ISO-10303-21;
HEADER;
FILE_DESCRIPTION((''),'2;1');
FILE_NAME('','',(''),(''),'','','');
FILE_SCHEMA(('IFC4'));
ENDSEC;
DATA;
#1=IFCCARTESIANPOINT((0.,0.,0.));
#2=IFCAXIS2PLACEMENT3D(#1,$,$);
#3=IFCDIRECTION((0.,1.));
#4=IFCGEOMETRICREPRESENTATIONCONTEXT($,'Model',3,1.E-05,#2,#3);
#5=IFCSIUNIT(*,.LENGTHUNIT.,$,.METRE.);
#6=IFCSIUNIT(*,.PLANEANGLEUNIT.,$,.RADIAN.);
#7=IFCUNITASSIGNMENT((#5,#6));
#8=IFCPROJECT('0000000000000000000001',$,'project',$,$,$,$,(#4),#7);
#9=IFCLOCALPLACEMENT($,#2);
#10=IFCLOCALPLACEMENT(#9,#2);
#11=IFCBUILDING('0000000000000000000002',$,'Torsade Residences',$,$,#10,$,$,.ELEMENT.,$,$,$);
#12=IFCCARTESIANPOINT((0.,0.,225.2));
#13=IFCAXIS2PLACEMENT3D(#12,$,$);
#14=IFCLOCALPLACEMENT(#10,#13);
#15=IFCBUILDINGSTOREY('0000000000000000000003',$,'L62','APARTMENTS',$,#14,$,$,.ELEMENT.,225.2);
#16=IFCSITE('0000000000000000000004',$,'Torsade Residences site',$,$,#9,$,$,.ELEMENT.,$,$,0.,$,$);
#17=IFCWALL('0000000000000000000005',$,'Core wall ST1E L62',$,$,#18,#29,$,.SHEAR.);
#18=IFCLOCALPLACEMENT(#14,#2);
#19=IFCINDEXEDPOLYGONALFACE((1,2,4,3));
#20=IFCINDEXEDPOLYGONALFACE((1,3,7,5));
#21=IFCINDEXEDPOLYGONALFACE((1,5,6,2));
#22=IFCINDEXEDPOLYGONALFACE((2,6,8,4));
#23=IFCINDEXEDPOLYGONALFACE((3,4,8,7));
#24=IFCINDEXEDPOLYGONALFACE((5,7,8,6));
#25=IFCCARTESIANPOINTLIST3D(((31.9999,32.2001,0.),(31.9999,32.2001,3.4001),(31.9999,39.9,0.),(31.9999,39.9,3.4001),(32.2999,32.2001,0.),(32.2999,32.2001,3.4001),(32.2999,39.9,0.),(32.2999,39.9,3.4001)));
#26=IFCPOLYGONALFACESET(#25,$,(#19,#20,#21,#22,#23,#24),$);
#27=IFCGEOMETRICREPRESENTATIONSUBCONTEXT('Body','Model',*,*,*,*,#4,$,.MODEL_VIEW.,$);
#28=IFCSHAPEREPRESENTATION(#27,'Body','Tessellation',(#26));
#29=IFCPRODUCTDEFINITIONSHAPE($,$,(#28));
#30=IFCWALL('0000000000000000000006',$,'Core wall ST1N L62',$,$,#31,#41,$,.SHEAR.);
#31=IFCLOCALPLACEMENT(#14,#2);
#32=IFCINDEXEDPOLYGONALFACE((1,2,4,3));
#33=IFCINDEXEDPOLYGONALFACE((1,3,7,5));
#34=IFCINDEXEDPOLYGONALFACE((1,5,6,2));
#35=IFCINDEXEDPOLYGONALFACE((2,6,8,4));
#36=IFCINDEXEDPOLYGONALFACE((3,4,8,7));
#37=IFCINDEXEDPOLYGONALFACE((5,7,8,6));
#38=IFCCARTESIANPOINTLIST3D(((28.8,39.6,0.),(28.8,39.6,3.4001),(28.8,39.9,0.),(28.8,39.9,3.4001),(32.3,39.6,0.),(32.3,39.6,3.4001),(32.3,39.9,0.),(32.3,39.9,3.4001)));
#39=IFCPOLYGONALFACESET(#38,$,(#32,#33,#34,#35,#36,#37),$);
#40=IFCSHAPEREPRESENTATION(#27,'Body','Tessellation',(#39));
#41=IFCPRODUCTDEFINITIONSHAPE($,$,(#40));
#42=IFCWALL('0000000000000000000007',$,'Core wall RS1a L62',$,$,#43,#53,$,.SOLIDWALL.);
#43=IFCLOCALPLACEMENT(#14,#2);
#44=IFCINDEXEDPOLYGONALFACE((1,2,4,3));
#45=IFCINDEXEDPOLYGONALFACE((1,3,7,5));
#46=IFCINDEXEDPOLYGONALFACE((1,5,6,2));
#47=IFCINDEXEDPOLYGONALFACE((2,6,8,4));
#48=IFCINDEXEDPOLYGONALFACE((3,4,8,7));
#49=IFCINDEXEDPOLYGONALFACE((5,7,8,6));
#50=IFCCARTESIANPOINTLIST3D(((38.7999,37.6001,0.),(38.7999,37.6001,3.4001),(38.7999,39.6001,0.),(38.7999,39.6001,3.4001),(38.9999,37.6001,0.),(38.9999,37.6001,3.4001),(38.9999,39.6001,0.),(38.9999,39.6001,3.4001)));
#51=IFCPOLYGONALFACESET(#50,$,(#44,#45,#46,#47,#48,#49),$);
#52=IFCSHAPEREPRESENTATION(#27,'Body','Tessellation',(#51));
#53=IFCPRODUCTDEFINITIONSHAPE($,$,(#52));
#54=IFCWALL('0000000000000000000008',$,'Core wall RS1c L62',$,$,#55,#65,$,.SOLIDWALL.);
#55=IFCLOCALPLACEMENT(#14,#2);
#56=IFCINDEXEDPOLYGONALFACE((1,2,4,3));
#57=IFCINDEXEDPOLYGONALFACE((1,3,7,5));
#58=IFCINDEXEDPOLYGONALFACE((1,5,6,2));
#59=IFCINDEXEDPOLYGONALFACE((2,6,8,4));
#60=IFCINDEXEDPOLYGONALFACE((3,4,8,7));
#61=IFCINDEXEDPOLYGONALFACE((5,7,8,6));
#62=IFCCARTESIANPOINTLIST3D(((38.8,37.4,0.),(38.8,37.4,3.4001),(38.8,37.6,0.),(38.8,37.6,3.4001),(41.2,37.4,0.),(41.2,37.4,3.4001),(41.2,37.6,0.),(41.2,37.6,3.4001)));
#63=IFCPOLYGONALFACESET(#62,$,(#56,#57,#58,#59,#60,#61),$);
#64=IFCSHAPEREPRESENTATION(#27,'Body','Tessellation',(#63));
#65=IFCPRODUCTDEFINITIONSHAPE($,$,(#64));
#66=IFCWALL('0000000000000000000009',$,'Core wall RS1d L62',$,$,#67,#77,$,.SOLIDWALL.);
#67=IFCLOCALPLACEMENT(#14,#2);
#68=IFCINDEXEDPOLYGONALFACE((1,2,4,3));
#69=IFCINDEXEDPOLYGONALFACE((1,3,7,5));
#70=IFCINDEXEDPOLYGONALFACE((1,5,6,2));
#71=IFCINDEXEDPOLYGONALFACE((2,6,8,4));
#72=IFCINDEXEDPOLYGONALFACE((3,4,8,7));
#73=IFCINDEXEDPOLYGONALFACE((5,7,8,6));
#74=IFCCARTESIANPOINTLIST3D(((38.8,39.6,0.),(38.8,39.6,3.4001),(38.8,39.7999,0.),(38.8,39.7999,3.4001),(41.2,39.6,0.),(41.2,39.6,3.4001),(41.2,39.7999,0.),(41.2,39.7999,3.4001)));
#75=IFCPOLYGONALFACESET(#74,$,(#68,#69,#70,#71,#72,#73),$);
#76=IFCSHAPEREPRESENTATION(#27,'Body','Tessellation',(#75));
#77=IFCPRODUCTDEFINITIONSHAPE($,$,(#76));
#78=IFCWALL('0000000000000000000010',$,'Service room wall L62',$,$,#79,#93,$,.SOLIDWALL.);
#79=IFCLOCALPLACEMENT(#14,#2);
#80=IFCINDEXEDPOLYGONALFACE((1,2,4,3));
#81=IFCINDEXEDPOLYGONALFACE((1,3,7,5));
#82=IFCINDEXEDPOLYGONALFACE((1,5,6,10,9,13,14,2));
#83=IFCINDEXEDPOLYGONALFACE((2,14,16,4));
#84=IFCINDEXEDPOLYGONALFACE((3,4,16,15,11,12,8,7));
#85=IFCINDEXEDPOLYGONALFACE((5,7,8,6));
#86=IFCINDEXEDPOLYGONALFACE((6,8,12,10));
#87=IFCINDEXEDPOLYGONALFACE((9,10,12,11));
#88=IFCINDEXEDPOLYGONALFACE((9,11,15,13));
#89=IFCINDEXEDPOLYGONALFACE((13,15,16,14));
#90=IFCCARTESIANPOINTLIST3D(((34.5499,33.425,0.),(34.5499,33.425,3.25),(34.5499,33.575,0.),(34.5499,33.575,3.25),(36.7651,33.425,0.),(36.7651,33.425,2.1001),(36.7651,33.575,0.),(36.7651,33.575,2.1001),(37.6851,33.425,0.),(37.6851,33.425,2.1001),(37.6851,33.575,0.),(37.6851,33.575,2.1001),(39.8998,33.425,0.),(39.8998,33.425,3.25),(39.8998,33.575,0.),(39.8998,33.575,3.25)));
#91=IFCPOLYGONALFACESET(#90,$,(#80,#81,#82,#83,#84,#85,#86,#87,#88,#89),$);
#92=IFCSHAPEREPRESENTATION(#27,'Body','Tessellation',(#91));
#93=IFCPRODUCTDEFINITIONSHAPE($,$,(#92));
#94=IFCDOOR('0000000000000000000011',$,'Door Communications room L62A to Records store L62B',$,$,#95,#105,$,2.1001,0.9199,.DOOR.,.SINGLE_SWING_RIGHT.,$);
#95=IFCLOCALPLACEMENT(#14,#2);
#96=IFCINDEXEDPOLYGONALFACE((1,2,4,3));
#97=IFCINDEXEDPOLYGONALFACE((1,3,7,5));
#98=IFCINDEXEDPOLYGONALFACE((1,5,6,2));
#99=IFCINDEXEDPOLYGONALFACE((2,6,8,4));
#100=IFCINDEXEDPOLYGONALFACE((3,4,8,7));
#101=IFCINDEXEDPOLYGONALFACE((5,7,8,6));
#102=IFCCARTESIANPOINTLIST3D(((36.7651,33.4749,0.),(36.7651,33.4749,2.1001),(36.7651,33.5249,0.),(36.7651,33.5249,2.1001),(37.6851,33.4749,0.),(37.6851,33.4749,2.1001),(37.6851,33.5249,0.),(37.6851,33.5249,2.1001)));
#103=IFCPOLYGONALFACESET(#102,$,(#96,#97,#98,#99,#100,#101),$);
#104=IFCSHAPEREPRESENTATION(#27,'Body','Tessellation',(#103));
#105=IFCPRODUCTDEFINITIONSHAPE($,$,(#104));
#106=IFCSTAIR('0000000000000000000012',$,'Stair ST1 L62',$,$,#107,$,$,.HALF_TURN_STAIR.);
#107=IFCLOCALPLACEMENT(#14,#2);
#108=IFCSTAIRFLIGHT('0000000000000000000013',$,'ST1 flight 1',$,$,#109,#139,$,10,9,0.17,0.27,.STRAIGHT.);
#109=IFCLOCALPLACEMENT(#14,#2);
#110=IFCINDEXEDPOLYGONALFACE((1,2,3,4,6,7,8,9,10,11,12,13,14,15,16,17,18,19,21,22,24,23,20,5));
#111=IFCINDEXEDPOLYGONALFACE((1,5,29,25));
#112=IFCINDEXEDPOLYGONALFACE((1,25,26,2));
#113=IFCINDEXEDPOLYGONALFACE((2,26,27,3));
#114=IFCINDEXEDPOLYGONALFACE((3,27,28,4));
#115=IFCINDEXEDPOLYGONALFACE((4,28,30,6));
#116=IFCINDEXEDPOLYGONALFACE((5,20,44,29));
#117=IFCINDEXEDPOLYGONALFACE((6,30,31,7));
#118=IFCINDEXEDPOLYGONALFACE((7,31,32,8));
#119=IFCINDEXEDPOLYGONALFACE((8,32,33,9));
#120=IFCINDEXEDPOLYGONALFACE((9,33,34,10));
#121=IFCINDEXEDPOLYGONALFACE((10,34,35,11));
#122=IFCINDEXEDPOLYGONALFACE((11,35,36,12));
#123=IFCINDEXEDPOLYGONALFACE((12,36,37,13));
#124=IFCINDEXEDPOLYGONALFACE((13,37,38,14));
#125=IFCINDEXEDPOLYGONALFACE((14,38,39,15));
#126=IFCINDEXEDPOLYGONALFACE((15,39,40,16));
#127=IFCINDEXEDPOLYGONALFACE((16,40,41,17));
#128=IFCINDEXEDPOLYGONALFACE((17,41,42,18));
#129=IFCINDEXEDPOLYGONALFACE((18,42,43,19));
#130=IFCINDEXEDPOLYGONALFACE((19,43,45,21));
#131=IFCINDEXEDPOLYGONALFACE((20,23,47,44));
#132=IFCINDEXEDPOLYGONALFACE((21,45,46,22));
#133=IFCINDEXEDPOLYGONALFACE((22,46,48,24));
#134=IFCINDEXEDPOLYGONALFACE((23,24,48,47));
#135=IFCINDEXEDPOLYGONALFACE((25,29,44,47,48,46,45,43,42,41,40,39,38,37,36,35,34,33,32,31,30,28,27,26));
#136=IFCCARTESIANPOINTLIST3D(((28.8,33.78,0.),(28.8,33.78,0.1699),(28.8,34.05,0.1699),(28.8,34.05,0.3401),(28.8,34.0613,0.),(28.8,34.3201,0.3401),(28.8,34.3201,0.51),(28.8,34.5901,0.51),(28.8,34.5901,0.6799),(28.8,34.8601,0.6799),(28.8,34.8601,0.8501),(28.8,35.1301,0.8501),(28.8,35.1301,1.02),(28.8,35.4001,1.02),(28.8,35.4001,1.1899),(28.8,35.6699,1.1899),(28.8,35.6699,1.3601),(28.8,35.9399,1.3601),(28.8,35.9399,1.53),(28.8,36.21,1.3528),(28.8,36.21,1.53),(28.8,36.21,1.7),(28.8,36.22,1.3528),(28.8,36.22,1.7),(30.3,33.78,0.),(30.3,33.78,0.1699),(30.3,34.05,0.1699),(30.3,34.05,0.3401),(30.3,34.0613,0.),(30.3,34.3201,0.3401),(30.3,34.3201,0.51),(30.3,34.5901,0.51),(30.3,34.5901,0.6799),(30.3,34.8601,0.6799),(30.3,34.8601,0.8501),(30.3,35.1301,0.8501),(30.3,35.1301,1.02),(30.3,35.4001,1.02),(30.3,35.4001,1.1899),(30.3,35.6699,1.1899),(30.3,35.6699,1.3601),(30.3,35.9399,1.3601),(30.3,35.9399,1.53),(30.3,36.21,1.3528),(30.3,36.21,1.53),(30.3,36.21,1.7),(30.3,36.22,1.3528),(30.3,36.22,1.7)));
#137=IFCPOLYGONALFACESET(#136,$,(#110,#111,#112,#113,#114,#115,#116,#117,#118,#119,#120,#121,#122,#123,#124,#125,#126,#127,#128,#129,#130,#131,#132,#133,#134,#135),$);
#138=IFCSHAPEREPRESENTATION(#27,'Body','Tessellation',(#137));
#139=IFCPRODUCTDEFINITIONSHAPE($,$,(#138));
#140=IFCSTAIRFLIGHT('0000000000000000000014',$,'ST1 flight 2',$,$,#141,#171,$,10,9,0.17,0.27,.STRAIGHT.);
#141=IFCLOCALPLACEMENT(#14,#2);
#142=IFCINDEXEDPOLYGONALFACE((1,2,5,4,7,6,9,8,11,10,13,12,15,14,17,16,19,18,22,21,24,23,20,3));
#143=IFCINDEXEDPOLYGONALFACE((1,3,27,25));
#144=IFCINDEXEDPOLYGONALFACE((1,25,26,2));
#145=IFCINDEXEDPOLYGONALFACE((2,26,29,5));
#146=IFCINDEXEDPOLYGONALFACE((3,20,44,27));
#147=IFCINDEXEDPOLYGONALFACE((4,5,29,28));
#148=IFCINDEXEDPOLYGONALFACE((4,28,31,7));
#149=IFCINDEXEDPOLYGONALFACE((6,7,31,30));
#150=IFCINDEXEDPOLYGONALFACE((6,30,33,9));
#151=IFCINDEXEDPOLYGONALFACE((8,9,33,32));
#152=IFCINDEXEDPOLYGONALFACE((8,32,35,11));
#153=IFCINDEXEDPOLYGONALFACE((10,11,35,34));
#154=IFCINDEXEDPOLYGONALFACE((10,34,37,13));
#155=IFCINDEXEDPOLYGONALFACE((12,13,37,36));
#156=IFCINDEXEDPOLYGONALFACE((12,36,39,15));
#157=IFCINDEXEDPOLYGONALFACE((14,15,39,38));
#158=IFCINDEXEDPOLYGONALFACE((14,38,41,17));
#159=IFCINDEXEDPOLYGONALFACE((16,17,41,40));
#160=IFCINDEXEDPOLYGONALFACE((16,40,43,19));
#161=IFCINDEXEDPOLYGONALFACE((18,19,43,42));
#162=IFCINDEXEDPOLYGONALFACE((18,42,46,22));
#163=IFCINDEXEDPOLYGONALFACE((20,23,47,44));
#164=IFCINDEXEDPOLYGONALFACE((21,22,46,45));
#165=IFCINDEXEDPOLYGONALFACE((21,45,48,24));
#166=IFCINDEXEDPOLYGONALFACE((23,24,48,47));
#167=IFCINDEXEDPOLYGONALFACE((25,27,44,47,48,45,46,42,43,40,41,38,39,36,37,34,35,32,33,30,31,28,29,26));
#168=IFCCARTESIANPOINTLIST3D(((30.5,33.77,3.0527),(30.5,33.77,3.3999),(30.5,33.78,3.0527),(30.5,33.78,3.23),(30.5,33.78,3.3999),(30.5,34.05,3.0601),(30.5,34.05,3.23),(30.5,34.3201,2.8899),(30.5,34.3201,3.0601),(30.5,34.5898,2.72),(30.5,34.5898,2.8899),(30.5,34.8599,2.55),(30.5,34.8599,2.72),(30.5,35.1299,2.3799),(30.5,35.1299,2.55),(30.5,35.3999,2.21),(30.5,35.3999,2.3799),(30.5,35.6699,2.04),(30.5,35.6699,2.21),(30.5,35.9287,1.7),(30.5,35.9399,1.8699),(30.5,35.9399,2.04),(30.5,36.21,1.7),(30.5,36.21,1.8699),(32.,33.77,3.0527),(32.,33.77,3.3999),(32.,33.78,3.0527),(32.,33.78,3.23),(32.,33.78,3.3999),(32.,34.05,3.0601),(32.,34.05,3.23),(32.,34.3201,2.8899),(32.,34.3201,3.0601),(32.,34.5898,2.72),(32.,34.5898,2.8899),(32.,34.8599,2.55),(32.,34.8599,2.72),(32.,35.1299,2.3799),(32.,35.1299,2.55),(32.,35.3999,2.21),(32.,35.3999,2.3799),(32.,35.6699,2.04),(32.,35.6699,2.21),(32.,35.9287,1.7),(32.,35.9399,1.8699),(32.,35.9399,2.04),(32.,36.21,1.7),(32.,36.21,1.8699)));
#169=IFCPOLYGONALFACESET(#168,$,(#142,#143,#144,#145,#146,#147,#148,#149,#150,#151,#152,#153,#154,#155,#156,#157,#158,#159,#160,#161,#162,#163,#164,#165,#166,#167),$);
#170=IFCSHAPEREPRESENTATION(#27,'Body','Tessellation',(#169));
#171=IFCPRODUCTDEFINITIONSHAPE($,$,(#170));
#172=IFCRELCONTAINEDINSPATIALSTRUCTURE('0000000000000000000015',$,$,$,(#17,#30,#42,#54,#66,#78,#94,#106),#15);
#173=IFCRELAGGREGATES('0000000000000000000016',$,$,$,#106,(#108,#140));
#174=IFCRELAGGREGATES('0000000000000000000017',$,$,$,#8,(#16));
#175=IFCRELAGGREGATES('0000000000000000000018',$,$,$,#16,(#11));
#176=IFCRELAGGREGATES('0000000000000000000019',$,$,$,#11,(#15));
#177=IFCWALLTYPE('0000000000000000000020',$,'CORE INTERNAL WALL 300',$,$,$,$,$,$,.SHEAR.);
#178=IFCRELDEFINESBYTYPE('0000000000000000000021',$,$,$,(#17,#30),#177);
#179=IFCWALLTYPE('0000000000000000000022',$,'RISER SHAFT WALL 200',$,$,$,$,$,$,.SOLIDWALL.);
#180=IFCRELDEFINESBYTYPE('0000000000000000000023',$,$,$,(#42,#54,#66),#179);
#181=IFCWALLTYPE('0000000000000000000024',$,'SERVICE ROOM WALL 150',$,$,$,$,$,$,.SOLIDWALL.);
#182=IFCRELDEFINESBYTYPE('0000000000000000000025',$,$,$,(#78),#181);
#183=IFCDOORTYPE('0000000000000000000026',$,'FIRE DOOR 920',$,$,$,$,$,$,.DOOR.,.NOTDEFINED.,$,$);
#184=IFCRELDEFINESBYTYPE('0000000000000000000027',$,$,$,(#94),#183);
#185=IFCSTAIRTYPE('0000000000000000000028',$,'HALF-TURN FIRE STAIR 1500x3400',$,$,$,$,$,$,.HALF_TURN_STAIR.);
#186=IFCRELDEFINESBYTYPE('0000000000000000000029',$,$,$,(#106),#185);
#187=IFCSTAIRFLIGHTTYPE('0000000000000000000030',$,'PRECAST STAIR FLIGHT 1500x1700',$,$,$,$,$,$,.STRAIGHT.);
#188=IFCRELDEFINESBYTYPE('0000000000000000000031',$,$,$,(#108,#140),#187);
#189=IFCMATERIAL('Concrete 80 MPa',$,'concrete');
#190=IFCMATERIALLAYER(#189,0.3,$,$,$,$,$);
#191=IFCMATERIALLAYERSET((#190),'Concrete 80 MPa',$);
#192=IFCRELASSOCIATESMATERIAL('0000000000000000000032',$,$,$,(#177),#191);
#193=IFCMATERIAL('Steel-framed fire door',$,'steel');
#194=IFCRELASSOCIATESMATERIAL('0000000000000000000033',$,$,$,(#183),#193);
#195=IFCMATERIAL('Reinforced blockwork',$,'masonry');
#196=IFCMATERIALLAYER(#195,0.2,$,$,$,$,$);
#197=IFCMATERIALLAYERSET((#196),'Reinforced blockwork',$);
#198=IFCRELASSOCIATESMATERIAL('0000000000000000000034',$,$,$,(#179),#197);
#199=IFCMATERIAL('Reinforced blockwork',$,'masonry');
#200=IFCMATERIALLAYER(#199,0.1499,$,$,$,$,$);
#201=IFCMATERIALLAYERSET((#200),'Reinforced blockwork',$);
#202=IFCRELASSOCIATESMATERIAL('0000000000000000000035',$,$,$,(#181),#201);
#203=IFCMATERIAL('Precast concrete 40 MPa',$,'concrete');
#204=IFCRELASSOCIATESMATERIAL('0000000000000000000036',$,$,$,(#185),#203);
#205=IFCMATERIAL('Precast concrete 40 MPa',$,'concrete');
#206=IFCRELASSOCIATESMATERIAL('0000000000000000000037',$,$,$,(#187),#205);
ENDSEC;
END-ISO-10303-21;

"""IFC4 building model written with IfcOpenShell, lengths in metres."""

from ifc_helpers import new_model, si_unit, direction, frame, frame_2d, origin, place, context, subcontext, project, spatial, polyline, rectangle, outline, extrude, material, layer, layer_set, type_object, element, fill, aggregate, save


model = new_model("IFC4")

# Units and contexts
model_context = context("Model", 3, precision=1e-05, world=origin(), true_north=direction((0.0, 1.0)))
body_context = subcontext(model_context, "Body", "Model", "MODEL_VIEW")
ifc_project = project(units=[si_unit("LENGTHUNIT", "METRE"), si_unit("PLANEANGLEUNIT", "RADIAN")], contexts=[model_context])

# Site, building, storey
site_placement = place(None, origin())
site = spatial("IfcSite", under=ifc_project, at=site_placement, Name="Torsade Residences site", CompositionType="ELEMENT", RefElevation=0.0)
building_placement = place(site_placement, origin())
building = spatial("IfcBuilding", under=site, at=building_placement, Name="Torsade Residences", CompositionType="ELEMENT")
storey_placement = place(building_placement, frame((0.0, 0.0, 225.2)))
storey = spatial("IfcBuildingStorey", under=building, at=storey_placement, Name="L62", Description="APARTMENTS", CompositionType="ELEMENT", Elevation=225.2)

# Shared definitions
ifc_material_1 = material(Name="Concrete 80 MPa", Category="concrete")
ifc_layer_1 = layer(ifc_material_1, 0.3)
ifc_layer_set_1 = layer_set([ifc_layer_1], Name="Concrete 80 MPa")
wall_type_1 = type_object("IfcWallType", Name="CORE INTERNAL WALL 300", PredefinedType="SHEAR", material=ifc_layer_set_1)
ifc_material_2 = material(Name="Steel-framed fire door", Category="steel")
door_type_1 = type_object("IfcDoorType", Name="FIRE DOOR 920", OperationType="NOTDEFINED", PredefinedType="DOOR", material=ifc_material_2)

# Walls
wall_1_placement = place(storey_placement, frame((32.1499, 32.2, 0.0), z_axis=(0.0, 0.0, 1.0), x_axis=(0.0, 1.0, 0.0)))
element("IfcWall", 1, at=wall_1_placement, inside=storey, type_object=wall_type_1, Name="Core wall ST1E L62", PredefinedType="SHEAR", context=body_context, shape_type="SweptSolid", body=[
    extrude(rectangle(XDim=7.7, YDim=0.3, at=frame_2d((3.8501, 0.0))), origin(), (0.0, 0.0, 1.0), 3.4001),
])
wall_2_placement = place(storey_placement, frame((28.8, 39.75, 0.0), z_axis=(0.0, 0.0, 1.0), x_axis=(1.0, 0.0, 0.0)))
element("IfcWall", 2, at=wall_2_placement, inside=storey, type_object=wall_type_1, Name="Core wall ST1N L62", PredefinedType="SHEAR", context=body_context, shape_type="SweptSolid", body=[
    extrude(rectangle(XDim=3.5, YDim=0.3, at=frame_2d((1.75, 0.0))), origin(), (0.0, 0.0, 1.0), 3.4001),
])
ifc_material_3 = material(Name="Reinforced blockwork", Category="masonry")
ifc_layer_2 = layer(ifc_material_3, 0.2)
ifc_layer_set_2 = layer_set([ifc_layer_2], Name="Reinforced blockwork")
wall_type_2 = type_object("IfcWallType", Name="RISER SHAFT WALL 200", PredefinedType="SOLIDWALL", material=ifc_layer_set_2)
wall_3_placement = place(storey_placement, frame((38.8999, 37.6001, 0.0), z_axis=(0.0, 0.0, 1.0), x_axis=(0.0, 1.0, 0.0)))
element("IfcWall", 3, at=wall_3_placement, inside=storey, type_object=wall_type_2, Name="Core wall RS1a L62", PredefinedType="SOLIDWALL", context=body_context, shape_type="SweptSolid", body=[
    extrude(rectangle(XDim=2.0, YDim=0.2, at=frame_2d((1.0, 0.0))), origin(), (0.0, 0.0, 1.0), 3.4001),
])
for number, where, z_axis, x_axis, name in (
    (4, (38.8, 37.5, 0.0), (0.0, 0.0, 1.0), (1.0, 0.0, 0.0), "Core wall RS1c L62"),
    (5, (38.8, 39.7, 0.0), (0.0, 0.0, 1.0), (1.0, 0.0, 0.0), "Core wall RS1d L62"),
):
    element("IfcWall", number, at=place(storey_placement, frame(where, z_axis=z_axis, x_axis=x_axis)), inside=storey, type_object=wall_type_2, Name=name, PredefinedType="SOLIDWALL", context=body_context, shape_type="SweptSolid", body=[
        extrude(rectangle(XDim=2.3999, YDim=0.2, at=frame_2d((1.2, 0.0))), origin(), (0.0, 0.0, 1.0), 3.4001),
    ])

# Wall, opening, door
ifc_material_4 = material(Name="Reinforced blockwork", Category="masonry")
ifc_layer_3 = layer(ifc_material_4, 0.1499)
ifc_layer_set_3 = layer_set([ifc_layer_3], Name="Reinforced blockwork")
wall_type_3 = type_object("IfcWallType", Name="SERVICE ROOM WALL 150", PredefinedType="SOLIDWALL", material=ifc_layer_set_3)
wall_4_placement = place(storey_placement, frame((34.55, 33.5, 0.0), z_axis=(0.0, 0.0, 1.0), x_axis=(1.0, 0.0, 0.0)))
wall_4 = element("IfcWall", 6, at=wall_4_placement, inside=storey, type_object=wall_type_3, Name="Service room wall L62", PredefinedType="SOLIDWALL", context=body_context, shape_type="SweptSolid", body=[
    extrude(rectangle(XDim=5.3499, YDim=0.1499, at=frame_2d((2.6748, 0.0))), origin(), (0.0, 0.0, 1.0), 3.25),
])
opening_1_placement = place(wall_4_placement, frame((2.2151, 0.0, 0.0)))
opening_1 = element("IfcOpeningElement", 7, at=opening_1_placement, cuts=wall_4, PredefinedType="OPENING", context=body_context, shape_type="SweptSolid", body=[
    extrude(rectangle(XDim=0.9199, YDim=2.1001, at=frame_2d((0.46, 1.05))), frame((0.0, 0.085, 0.0), z_axis=(0.0, -1.0, 0.0), x_axis=(1.0, 0.0, 0.0)), (0.0, 0.0, 1.0), 0.1699),
])
door_1_placement = place(opening_1_placement, origin())
door_1 = element("IfcDoor", 8, at=door_1_placement, inside=storey, type_object=door_type_1, Name="Door Communications room L62A to Records store L62B", OperationType="SINGLE_SWING_RIGHT", OverallHeight=2.1001, OverallWidth=0.9199, PredefinedType="DOOR", context=body_context, shape_type="SweptSolid", body=[
    extrude(rectangle(XDim=0.9199, YDim=2.1001, at=frame_2d((0.46, 1.05))), frame((0.0, 0.0249, 0.0), z_axis=(0.0, -1.0, 0.0), x_axis=(1.0, 0.0, 0.0)), (0.0, 0.0, 1.0), 0.05),
])
fill(opening_1, door_1)

# Stair, stair flights
ifc_material_5 = material(Name="Precast concrete 40 MPa", Category="concrete")
stair_type = type_object("IfcStairType", Name="HALF-TURN FIRE STAIR 1500x3400", PredefinedType="HALF_TURN_STAIR", material=ifc_material_5)
stair_placement = place(storey_placement, origin())
stair = element("IfcStair", 9, at=stair_placement, inside=storey, type_object=stair_type, Name="Stair ST1 L62", PredefinedType="HALF_TURN_STAIR")
ifc_material_6 = material(Name="Precast concrete 40 MPa", Category="concrete")
stair_flight_type = type_object("IfcStairFlightType", Name="PRECAST STAIR FLIGHT 1500x1700", PredefinedType="STRAIGHT", material=ifc_material_6)
stair_flight_1_placement = place(storey_placement, frame((29.55, 33.78, 0.0), z_axis=(0.0, 0.0, 1.0), x_axis=(0.0, 1.0, 0.0)))
stair_flight_1 = element("IfcStairFlight", 10, at=stair_flight_1_placement, type_object=stair_flight_type, Name="ST1 flight 1", NumberOfRisers=10, NumberOfTreads=9, PredefinedType="STRAIGHT", RiserHeight=0.17, TreadLength=0.27, context=body_context, shape_type="SweptSolid", body=[
    extrude(outline(polyline([(0.0, 0.0), (0.0, 0.1699), (0.27, 0.1699), (0.27, 0.3401), (0.54, 0.3401), (0.54, 0.51), (0.8101, 0.51), (0.8101, 0.6799), (1.0801, 0.6799), (1.0801, 0.8501), (1.3501, 0.8501), (1.3501, 1.02), (1.6201, 1.02), (1.6201, 1.1899), (1.8899, 1.1899), (1.8899, 1.3601), (2.1599, 1.3601), (2.1599, 1.53), (2.4299, 1.53), (2.4299, 1.7), (2.4399, 1.7), (2.4399, 1.3528), (2.4299, 1.3528), (0.2812, 0.0), (0.0, 0.0)])), frame((0.0, 0.75, 0.0), z_axis=(0.0, -1.0, 0.0), x_axis=(1.0, 0.0, 0.0)), (0.0, 0.0, 1.0), 1.5),
])
stair_flight_2_placement = place(storey_placement, frame((31.25, 36.21, 1.7), z_axis=(0.0, 0.0, 1.0), x_axis=(0.0, -1.0, 0.0)))
stair_flight_2 = element("IfcStairFlight", 11, at=stair_flight_2_placement, type_object=stair_flight_type, Name="ST1 flight 2", NumberOfRisers=10, NumberOfTreads=9, PredefinedType="STRAIGHT", RiserHeight=0.17, TreadLength=0.27, context=body_context, shape_type="SweptSolid", body=[
    extrude(outline(polyline([(0.0, 0.0), (0.0, 0.1699), (0.27, 0.1699), (0.27, 0.3401), (0.54, 0.3401), (0.54, 0.51), (0.8101, 0.51), (0.8101, 0.6799), (1.0801, 0.6799), (1.0801, 0.8501), (1.3501, 0.8501), (1.3501, 1.02), (1.6201, 1.02), (1.6201, 1.1899), (1.8899, 1.1899), (1.8899, 1.3601), (2.1599, 1.3601), (2.1599, 1.53), (2.4299, 1.53), (2.4299, 1.7), (2.4399, 1.7), (2.4399, 1.3528), (2.4299, 1.3528), (0.2812, 0.0), (0.0, 0.0)])), frame((0.0, 0.75, 0.0), z_axis=(0.0, -1.0, 0.0), x_axis=(1.0, 0.0, 0.0)), (0.0, 0.0, 1.0), 1.5),
])
aggregate(stair, [stair_flight_1, stair_flight_2])

save(model, "model.ifc")
